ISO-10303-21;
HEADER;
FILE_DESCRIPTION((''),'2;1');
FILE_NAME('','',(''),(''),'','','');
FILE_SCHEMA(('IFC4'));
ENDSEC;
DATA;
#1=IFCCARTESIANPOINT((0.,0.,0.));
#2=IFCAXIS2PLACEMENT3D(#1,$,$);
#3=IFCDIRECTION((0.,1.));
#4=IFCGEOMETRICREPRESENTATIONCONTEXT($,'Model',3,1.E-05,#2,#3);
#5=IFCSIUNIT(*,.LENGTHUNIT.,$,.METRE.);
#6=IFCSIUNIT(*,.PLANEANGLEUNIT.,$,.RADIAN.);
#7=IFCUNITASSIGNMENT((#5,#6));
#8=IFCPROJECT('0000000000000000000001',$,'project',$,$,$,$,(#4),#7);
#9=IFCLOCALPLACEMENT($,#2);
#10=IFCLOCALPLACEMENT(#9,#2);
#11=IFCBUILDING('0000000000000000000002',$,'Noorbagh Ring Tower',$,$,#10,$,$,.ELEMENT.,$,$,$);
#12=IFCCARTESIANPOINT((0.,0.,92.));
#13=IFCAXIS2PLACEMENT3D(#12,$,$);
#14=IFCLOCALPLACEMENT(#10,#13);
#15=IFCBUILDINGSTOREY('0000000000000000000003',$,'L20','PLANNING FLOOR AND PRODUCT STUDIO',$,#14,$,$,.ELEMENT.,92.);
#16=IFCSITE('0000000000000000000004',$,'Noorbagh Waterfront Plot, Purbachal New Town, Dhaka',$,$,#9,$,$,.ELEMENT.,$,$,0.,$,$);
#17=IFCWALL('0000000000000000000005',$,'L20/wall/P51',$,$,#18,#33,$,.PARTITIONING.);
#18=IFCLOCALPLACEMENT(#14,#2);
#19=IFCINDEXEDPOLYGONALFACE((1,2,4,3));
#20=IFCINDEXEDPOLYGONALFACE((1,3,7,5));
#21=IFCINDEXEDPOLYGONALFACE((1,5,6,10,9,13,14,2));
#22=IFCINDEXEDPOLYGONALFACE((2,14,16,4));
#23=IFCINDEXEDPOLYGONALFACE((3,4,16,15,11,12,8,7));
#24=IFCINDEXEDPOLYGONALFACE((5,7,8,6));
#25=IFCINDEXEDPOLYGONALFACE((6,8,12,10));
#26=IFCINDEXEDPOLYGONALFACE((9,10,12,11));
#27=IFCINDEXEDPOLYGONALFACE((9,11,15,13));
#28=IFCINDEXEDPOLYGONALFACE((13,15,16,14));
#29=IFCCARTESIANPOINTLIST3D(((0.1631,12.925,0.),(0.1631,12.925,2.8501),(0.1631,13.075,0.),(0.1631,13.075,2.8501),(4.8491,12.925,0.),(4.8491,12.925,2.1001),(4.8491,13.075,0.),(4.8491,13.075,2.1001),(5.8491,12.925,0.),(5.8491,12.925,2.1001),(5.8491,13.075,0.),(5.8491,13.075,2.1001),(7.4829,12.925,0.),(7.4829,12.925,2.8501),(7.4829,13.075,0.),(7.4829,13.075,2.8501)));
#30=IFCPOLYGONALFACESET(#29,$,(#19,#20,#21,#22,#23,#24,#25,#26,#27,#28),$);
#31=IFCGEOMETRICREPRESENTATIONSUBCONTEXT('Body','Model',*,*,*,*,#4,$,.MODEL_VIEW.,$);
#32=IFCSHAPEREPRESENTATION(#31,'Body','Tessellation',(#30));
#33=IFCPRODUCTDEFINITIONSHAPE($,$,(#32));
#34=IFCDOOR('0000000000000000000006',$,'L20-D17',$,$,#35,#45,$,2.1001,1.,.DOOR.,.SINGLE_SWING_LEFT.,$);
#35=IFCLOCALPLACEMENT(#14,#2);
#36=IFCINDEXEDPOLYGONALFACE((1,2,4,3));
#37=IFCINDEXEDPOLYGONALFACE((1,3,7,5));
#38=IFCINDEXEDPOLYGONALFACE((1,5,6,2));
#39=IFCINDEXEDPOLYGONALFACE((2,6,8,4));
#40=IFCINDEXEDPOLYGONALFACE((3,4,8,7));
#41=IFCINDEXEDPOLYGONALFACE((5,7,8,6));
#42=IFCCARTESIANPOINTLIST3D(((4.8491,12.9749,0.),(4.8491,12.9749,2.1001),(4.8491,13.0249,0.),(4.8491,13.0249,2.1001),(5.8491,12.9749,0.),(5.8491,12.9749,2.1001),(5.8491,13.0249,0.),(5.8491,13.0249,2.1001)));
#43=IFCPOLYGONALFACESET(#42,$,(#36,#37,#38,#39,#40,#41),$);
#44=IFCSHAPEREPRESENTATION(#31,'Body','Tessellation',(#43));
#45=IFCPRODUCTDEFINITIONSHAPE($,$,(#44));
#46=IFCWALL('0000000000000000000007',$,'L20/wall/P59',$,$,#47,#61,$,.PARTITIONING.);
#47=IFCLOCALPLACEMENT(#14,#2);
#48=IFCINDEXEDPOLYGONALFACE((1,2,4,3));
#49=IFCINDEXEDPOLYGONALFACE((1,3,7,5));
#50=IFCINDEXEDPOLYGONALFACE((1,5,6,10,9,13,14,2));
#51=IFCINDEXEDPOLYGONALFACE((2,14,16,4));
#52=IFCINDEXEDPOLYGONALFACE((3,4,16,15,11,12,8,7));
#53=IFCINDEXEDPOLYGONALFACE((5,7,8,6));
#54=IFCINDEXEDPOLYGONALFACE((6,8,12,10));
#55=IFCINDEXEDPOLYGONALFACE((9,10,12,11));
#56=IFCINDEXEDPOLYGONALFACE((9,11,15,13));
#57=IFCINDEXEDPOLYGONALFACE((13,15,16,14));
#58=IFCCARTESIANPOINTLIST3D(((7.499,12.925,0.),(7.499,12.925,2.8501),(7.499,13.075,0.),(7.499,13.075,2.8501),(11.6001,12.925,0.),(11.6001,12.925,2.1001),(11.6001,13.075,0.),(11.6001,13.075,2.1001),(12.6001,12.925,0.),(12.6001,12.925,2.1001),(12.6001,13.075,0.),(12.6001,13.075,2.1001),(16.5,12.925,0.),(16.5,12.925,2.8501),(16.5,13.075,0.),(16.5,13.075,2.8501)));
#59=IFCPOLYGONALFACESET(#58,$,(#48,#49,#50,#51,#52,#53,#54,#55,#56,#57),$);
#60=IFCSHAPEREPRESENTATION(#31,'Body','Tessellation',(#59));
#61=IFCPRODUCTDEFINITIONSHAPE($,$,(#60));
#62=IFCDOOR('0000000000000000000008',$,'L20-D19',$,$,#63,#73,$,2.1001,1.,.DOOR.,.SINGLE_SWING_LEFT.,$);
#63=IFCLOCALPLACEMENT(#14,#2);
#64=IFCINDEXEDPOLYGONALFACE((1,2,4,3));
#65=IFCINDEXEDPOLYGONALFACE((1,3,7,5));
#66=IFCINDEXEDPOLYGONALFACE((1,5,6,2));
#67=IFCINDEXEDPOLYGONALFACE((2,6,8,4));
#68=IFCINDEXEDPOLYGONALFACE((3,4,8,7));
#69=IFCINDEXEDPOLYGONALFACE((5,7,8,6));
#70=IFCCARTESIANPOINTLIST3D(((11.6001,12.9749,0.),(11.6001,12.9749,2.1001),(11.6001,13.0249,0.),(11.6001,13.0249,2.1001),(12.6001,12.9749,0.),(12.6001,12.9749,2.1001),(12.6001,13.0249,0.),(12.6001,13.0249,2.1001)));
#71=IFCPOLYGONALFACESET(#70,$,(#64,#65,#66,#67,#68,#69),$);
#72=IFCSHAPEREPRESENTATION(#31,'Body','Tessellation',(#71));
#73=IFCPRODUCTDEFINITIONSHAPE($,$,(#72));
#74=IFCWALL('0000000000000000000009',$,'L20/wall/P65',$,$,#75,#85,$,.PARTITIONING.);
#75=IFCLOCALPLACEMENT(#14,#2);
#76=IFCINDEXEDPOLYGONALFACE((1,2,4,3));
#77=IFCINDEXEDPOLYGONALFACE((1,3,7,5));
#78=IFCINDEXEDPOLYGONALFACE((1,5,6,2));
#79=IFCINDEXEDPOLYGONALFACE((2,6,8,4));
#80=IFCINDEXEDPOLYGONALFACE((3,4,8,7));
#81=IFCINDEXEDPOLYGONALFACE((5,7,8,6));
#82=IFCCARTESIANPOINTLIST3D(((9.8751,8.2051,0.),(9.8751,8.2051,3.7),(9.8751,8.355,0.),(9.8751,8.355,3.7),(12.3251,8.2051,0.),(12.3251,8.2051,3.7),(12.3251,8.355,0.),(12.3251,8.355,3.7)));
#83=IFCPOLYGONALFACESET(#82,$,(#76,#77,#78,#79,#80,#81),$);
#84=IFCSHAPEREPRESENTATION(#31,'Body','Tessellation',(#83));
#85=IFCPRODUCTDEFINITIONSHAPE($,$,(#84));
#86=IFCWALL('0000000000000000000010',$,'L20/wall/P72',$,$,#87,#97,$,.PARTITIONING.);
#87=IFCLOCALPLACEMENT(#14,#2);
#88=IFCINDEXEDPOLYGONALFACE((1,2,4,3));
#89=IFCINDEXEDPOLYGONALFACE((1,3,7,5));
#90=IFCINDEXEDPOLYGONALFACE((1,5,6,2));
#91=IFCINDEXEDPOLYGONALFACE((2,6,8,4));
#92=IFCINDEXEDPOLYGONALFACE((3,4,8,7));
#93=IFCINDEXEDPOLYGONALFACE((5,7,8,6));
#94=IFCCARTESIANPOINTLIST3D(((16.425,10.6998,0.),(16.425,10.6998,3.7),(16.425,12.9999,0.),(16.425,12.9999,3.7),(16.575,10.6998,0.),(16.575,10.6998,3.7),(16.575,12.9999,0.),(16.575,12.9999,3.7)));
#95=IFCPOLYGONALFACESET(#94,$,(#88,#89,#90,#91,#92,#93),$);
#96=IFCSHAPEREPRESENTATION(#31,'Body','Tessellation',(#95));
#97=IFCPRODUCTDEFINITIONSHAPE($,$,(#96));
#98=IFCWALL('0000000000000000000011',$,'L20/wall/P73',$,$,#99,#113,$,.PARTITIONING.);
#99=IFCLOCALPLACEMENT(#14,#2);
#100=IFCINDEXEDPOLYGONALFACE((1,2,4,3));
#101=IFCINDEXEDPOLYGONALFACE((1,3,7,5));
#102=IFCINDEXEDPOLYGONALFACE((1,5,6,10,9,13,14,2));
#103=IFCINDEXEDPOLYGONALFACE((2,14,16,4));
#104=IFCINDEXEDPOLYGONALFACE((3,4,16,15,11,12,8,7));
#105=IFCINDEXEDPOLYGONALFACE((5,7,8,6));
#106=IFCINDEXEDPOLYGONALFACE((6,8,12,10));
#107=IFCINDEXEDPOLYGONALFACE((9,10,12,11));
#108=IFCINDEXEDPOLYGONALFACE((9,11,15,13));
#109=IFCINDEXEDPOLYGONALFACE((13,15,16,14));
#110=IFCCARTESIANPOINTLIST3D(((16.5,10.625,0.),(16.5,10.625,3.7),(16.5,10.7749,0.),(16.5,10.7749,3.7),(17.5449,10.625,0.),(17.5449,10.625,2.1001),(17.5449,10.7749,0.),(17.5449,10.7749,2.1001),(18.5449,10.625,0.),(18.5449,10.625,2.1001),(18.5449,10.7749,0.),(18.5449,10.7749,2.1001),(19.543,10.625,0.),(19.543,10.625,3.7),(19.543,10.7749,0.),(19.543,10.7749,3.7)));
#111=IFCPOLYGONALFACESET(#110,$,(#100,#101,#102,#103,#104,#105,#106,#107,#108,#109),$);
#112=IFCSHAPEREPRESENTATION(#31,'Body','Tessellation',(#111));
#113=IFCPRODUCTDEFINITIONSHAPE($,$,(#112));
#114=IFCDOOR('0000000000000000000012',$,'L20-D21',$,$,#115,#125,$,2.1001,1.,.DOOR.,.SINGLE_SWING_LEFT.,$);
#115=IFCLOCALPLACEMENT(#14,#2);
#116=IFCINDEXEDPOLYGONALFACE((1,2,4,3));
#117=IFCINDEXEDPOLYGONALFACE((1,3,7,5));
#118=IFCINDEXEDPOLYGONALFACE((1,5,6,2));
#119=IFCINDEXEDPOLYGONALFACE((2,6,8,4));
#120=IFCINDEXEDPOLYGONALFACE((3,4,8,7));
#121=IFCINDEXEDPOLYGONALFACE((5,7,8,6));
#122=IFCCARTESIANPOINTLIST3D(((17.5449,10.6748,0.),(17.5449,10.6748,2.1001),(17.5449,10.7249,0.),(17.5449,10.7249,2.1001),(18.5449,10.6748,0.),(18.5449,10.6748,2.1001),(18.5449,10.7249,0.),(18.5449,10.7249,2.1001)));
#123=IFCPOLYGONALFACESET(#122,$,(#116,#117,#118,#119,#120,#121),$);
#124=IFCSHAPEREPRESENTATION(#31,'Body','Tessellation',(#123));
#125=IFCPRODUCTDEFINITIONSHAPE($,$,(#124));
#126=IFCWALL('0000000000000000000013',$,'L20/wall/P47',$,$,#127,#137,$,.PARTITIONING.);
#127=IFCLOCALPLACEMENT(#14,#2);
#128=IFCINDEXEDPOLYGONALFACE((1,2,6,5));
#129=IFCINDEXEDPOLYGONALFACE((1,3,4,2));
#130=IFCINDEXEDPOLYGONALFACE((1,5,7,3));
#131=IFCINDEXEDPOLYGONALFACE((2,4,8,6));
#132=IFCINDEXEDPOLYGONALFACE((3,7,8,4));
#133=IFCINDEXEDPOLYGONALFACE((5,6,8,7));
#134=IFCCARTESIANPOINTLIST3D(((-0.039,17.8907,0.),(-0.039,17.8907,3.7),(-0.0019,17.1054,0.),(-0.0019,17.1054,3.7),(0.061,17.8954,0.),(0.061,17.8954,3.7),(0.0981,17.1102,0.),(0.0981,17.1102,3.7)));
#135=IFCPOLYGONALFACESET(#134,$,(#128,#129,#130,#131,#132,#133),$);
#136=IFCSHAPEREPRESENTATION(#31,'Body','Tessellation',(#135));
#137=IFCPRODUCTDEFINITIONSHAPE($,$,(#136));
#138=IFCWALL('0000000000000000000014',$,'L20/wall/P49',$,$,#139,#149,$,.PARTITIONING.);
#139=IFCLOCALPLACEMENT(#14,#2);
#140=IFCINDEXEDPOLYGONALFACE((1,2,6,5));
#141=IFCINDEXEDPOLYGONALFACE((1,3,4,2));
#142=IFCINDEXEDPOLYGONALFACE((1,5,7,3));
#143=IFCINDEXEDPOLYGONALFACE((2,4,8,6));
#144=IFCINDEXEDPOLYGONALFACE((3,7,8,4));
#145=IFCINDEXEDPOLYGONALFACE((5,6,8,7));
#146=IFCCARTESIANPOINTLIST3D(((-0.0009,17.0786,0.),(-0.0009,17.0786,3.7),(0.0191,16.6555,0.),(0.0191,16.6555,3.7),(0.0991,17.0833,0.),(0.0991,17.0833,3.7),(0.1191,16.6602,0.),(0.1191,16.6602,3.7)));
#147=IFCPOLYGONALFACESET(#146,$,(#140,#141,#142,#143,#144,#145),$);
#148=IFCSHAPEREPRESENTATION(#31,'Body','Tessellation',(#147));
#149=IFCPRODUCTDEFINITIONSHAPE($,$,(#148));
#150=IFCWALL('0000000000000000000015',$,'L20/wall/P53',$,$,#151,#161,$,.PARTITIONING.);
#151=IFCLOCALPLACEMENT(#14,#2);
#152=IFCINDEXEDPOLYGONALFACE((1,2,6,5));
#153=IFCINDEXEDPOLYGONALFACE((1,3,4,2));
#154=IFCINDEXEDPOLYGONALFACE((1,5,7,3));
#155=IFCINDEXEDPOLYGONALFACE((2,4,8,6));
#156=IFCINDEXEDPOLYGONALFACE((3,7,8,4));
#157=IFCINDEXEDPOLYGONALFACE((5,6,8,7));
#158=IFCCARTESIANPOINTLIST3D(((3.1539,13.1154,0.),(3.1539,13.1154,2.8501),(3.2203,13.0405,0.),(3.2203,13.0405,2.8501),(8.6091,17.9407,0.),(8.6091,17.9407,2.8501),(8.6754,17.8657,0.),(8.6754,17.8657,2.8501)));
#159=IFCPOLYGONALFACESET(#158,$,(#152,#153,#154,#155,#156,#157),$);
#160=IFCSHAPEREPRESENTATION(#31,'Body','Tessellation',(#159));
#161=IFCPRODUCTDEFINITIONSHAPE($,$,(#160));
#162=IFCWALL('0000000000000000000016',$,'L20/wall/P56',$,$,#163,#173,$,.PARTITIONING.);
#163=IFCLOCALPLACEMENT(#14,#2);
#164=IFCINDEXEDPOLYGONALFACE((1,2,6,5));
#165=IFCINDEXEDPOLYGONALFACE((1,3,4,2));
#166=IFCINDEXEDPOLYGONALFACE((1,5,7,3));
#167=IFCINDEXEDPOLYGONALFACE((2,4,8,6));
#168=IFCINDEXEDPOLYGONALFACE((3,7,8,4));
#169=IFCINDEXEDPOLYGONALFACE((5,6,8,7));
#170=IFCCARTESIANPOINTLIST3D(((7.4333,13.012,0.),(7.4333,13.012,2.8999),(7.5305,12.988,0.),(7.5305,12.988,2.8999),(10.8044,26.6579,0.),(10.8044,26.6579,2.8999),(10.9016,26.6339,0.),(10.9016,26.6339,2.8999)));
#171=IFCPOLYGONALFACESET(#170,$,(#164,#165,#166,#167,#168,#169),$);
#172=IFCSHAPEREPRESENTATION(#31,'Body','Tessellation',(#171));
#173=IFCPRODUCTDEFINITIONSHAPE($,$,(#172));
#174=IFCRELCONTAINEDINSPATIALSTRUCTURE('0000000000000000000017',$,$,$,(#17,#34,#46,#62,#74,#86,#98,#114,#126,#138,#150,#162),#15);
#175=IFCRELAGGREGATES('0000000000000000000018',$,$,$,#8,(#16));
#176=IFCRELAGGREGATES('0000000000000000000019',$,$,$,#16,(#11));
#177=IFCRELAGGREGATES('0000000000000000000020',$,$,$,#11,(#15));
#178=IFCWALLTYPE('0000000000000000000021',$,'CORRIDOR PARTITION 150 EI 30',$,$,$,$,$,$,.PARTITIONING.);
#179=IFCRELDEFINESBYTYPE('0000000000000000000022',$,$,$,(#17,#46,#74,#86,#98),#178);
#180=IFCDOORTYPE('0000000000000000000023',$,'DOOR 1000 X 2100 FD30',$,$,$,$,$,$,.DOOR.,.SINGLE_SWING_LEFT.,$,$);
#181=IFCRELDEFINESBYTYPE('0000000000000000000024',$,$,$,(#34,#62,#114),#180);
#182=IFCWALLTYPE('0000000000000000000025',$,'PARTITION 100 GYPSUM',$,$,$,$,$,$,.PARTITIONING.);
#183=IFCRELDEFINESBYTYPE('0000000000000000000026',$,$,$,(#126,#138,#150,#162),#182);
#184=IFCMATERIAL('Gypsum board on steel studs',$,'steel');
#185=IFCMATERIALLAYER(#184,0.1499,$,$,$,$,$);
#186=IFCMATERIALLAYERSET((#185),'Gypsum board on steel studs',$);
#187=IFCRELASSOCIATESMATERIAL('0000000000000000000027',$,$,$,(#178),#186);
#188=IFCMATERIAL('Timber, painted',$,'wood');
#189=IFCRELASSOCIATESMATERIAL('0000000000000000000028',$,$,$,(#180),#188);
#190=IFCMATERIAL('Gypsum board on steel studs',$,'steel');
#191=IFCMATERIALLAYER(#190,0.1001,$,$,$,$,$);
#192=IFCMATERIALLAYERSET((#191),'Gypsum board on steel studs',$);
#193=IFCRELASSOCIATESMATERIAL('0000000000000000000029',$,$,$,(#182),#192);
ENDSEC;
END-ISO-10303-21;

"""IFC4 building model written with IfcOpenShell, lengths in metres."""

from ifc_helpers import new_model, si_unit, direction, frame, frame_2d, origin, place, context, subcontext, project, spatial, rectangle, extrude, material, layer, layer_set, type_object, element, fill, save


model = new_model("IFC4")

# Units and contexts
model_context = context("Model", 3, precision=1e-05, world=origin(), true_north=direction((0.0, 1.0)))
body_context = subcontext(model_context, "Body", "Model", "MODEL_VIEW")
ifc_project = project(units=[si_unit("LENGTHUNIT", "METRE"), si_unit("PLANEANGLEUNIT", "RADIAN")], contexts=[model_context])

# Site, building, storey
site_placement = place(None, origin())
site = spatial("IfcSite", under=ifc_project, at=site_placement, Name="Noorbagh Waterfront Plot, Purbachal New Town, Dhaka", CompositionType="ELEMENT", RefElevation=0.0)
building_placement = place(site_placement, origin())
building = spatial("IfcBuilding", under=site, at=building_placement, Name="Noorbagh Ring Tower", CompositionType="ELEMENT")
storey_placement = place(building_placement, frame((0.0, 0.0, 92.0)))
storey = spatial("IfcBuildingStorey", under=building, at=storey_placement, Name="L20", Description="PLANNING FLOOR AND PRODUCT STUDIO", CompositionType="ELEMENT", Elevation=92.0)

# Walls, openings, doors
ifc_material_1 = material(Name="Gypsum board on steel studs", Category="steel")
ifc_layer_1 = layer(ifc_material_1, 0.1499)
ifc_layer_set_1 = layer_set([ifc_layer_1], Name="Gypsum board on steel studs")
wall_type_1 = type_object("IfcWallType", Name="CORRIDOR PARTITION 150 EI 30", PredefinedType="PARTITIONING", material=ifc_layer_set_1)
wall_1_placement = place(storey_placement, frame((0.1631, 13.0, 0.0), z_axis=(0.0, 0.0, 1.0), x_axis=(1.0, 0.0, 0.0)))
wall_1 = element("IfcWall", 1, at=wall_1_placement, inside=storey, type_object=wall_type_1, Name="L20/wall/P51", PredefinedType="PARTITIONING", context=body_context, shape_type="SweptSolid", body=[
    extrude(rectangle(XDim=7.3198, YDim=0.1499, at=frame_2d((3.6599, 0.0))), origin(), (0.0, 0.0, 1.0), 2.8501),
])
opening_1_placement = place(wall_1_placement, frame((4.686, 0.0, 0.0)))
opening_1 = element("IfcOpeningElement", 2, at=opening_1_placement, cuts=wall_1, PredefinedType="OPENING", context=body_context, shape_type="SweptSolid", body=[
    extrude(rectangle(XDim=1.0, YDim=2.1001, at=frame_2d((0.5, 1.05))), frame((0.0, 0.085, 0.0), z_axis=(0.0, -1.0, 0.0), x_axis=(1.0, 0.0, 0.0)), (0.0, 0.0, 1.0), 0.1699),
])
ifc_material_2 = material(Name="Timber, painted", Category="wood")
door_type_1 = type_object("IfcDoorType", Name="DOOR 1000 X 2100 FD30", OperationType="SINGLE_SWING_LEFT", PredefinedType="DOOR", material=ifc_material_2)
door_1_placement = place(opening_1_placement, origin())
door_1 = element("IfcDoor", 3, at=door_1_placement, inside=storey, type_object=door_type_1, Name="L20-D17", OperationType="SINGLE_SWING_LEFT", OverallHeight=2.1001, OverallWidth=1.0, PredefinedType="DOOR", context=body_context, shape_type="SweptSolid", body=[
    extrude(rectangle(XDim=1.0, YDim=2.1001, at=frame_2d((0.5, 1.05))), frame((0.0, 0.0249, 0.0), z_axis=(0.0, -1.0, 0.0), x_axis=(1.0, 0.0, 0.0)), (0.0, 0.0, 1.0), 0.05),
])
fill(opening_1, door_1)
wall_2_placement = place(storey_placement, frame((7.499, 13.0, 0.0), z_axis=(0.0, 0.0, 1.0), x_axis=(1.0, 0.0, 0.0)))
wall_2 = element("IfcWall", 4, at=wall_2_placement, inside=storey, type_object=wall_type_1, Name="L20/wall/P59", PredefinedType="PARTITIONING", context=body_context, shape_type="SweptSolid", body=[
    extrude(rectangle(XDim=9.001, YDim=0.1499, at=frame_2d((4.5005, 0.0))), origin(), (0.0, 0.0, 1.0), 2.8501),
])
opening_2_placement = place(wall_2_placement, frame((4.1011, 0.0, 0.0)))
opening_2 = element("IfcOpeningElement", 5, at=opening_2_placement, cuts=wall_2, PredefinedType="OPENING", context=body_context, shape_type="SweptSolid", body=[
    extrude(rectangle(XDim=1.0, YDim=2.1001, at=frame_2d((0.5, 1.05))), frame((0.0, 0.085, 0.0), z_axis=(0.0, -1.0, 0.0), x_axis=(1.0, 0.0, 0.0)), (0.0, 0.0, 1.0), 0.1699),
])
door_2_placement = place(opening_2_placement, origin())
door_2 = element("IfcDoor", 6, at=door_2_placement, inside=storey, type_object=door_type_1, Name="L20-D19", OperationType="SINGLE_SWING_LEFT", OverallHeight=2.1001, OverallWidth=1.0, PredefinedType="DOOR", context=body_context, shape_type="SweptSolid", body=[
    extrude(rectangle(XDim=1.0, YDim=2.1001, at=frame_2d((0.5, 1.05))), frame((0.0, 0.0249, 0.0), z_axis=(0.0, -1.0, 0.0), x_axis=(1.0, 0.0, 0.0)), (0.0, 0.0, 1.0), 0.05),
])
fill(opening_2, door_2)

# Walls
wall_3_placement = place(storey_placement, frame((9.875, 8.28, 0.0), z_axis=(0.0, 0.0, 1.0), x_axis=(1.0, 0.0, 0.0)))
element("IfcWall", 7, at=wall_3_placement, inside=storey, type_object=wall_type_1, Name="L20/wall/P65", PredefinedType="PARTITIONING", context=body_context, shape_type="SweptSolid", body=[
    extrude(rectangle(XDim=2.45, YDim=0.1499, at=frame_2d((1.2251, 0.0))), origin(), (0.0, 0.0, 1.0), 3.7),
])
wall_4_placement = place(storey_placement, frame((16.5, 10.7, 0.0), z_axis=(0.0, 0.0, 1.0), x_axis=(0.0, 1.0, 0.0)))
element("IfcWall", 8, at=wall_4_placement, inside=storey, type_object=wall_type_1, Name="L20/wall/P72", PredefinedType="PARTITIONING", context=body_context, shape_type="SweptSolid", body=[
    extrude(rectangle(XDim=2.3, YDim=0.1499, at=frame_2d((1.1499, 0.0))), origin(), (0.0, 0.0, 1.0), 3.7),
])

# Wall, opening, door
wall_5_placement = place(storey_placement, frame((16.5, 10.7, 0.0), z_axis=(0.0, 0.0, 1.0), x_axis=(1.0, 0.0, 0.0)))
wall_5 = element("IfcWall", 9, at=wall_5_placement, inside=storey, type_object=wall_type_1, Name="L20/wall/P73", PredefinedType="PARTITIONING", context=body_context, shape_type="SweptSolid", body=[
    extrude(rectangle(XDim=3.043, YDim=0.1499, at=frame_2d((1.5215, 0.0))), origin(), (0.0, 0.0, 1.0), 3.7),
])
opening_3_placement = place(wall_5_placement, frame((1.0449, 0.0, 0.0)))
opening_3 = element("IfcOpeningElement", 10, at=opening_3_placement, cuts=wall_5, PredefinedType="OPENING", context=body_context, shape_type="SweptSolid", body=[
    extrude(rectangle(XDim=1.0, YDim=2.1001, at=frame_2d((0.5, 1.05))), frame((0.0, 0.085, 0.0), z_axis=(0.0, -1.0, 0.0), x_axis=(1.0, 0.0, 0.0)), (0.0, 0.0, 1.0), 0.1699),
])
door_3_placement = place(opening_3_placement, origin())
door_3 = element("IfcDoor", 11, at=door_3_placement, inside=storey, type_object=door_type_1, Name="L20-D21", OperationType="SINGLE_SWING_LEFT", OverallHeight=2.1001, OverallWidth=1.0, PredefinedType="DOOR", context=body_context, shape_type="SweptSolid", body=[
    extrude(rectangle(XDim=1.0, YDim=2.1001, at=frame_2d((0.5, 1.05))), frame((0.0, 0.0249, 0.0), z_axis=(0.0, -1.0, 0.0), x_axis=(1.0, 0.0, 0.0)), (0.0, 0.0, 1.0), 0.05),
])
fill(opening_3, door_3)

# Walls
ifc_material_3 = material(Name="Gypsum board on steel studs", Category="steel")
ifc_layer_2 = layer(ifc_material_3, 0.1001)
ifc_layer_set_2 = layer_set([ifc_layer_2], Name="Gypsum board on steel studs")
wall_type_2 = type_object("IfcWallType", Name="PARTITION 100 GYPSUM", PredefinedType="PARTITIONING", material=ifc_layer_set_2)
wall_6_placement = place(storey_placement, frame((0.011, 17.8931, 0.0), z_axis=(0.0, 0.0, 1.0), x_axis=(0.047211, -0.998885, 0.0)))
element("IfcWall", 12, at=wall_6_placement, inside=storey, type_object=wall_type_2, Name="L20/wall/P47", PredefinedType="PARTITIONING", context=body_context, shape_type="SweptSolid", body=[
    extrude(rectangle(XDim=0.7861, YDim=0.1001, at=frame_2d((0.3931, 0.0))), origin(), (0.0, 0.0, 1.0), 3.7),
])
wall_7_placement = place(storey_placement, frame((0.0491, 17.0811, 0.0), z_axis=(0.0, 0.0, 1.0), x_axis=(0.047264, -0.998882, 0.0)))
element("IfcWall", 13, at=wall_7_placement, inside=storey, type_object=wall_type_2, Name="L20/wall/P49", PredefinedType="PARTITIONING", context=body_context, shape_type="SweptSolid", body=[
    extrude(rectangle(XDim=0.4236, YDim=0.1001, at=frame_2d((0.2119, 0.0))), origin(), (0.0, 0.0, 1.0), 3.7),
])
wall_8_placement = place(storey_placement, frame((3.187, 13.0779, 0.0), z_axis=(0.0, 0.0, 1.0), x_axis=(0.749027, 0.662539, 0.0)))
element("IfcWall", 14, at=wall_8_placement, inside=storey, type_object=wall_type_2, Name="L20/wall/P53", PredefinedType="PARTITIONING", context=body_context, shape_type="SweptSolid", body=[
    extrude(rectangle(XDim=7.283, YDim=0.1001, at=frame_2d((3.6416, 0.0))), origin(), (0.0, 0.0, 1.0), 2.8501),
])
wall_9_placement = place(storey_placement, frame((7.4819, 13.0, 0.0), z_axis=(0.0, 0.0, 1.0), x_axis=(0.239829, 0.970815, 0.0)))
element("IfcWall", 15, at=wall_9_placement, inside=storey, type_object=wall_type_2, Name="L20/wall/P56", PredefinedType="PARTITIONING", context=body_context, shape_type="SweptSolid", body=[
    extrude(rectangle(XDim=14.0562, YDim=0.1001, at=frame_2d((7.0281, 0.0))), origin(), (0.0, 0.0, 1.0), 2.8999),
])

save(model, "model.ifc")
